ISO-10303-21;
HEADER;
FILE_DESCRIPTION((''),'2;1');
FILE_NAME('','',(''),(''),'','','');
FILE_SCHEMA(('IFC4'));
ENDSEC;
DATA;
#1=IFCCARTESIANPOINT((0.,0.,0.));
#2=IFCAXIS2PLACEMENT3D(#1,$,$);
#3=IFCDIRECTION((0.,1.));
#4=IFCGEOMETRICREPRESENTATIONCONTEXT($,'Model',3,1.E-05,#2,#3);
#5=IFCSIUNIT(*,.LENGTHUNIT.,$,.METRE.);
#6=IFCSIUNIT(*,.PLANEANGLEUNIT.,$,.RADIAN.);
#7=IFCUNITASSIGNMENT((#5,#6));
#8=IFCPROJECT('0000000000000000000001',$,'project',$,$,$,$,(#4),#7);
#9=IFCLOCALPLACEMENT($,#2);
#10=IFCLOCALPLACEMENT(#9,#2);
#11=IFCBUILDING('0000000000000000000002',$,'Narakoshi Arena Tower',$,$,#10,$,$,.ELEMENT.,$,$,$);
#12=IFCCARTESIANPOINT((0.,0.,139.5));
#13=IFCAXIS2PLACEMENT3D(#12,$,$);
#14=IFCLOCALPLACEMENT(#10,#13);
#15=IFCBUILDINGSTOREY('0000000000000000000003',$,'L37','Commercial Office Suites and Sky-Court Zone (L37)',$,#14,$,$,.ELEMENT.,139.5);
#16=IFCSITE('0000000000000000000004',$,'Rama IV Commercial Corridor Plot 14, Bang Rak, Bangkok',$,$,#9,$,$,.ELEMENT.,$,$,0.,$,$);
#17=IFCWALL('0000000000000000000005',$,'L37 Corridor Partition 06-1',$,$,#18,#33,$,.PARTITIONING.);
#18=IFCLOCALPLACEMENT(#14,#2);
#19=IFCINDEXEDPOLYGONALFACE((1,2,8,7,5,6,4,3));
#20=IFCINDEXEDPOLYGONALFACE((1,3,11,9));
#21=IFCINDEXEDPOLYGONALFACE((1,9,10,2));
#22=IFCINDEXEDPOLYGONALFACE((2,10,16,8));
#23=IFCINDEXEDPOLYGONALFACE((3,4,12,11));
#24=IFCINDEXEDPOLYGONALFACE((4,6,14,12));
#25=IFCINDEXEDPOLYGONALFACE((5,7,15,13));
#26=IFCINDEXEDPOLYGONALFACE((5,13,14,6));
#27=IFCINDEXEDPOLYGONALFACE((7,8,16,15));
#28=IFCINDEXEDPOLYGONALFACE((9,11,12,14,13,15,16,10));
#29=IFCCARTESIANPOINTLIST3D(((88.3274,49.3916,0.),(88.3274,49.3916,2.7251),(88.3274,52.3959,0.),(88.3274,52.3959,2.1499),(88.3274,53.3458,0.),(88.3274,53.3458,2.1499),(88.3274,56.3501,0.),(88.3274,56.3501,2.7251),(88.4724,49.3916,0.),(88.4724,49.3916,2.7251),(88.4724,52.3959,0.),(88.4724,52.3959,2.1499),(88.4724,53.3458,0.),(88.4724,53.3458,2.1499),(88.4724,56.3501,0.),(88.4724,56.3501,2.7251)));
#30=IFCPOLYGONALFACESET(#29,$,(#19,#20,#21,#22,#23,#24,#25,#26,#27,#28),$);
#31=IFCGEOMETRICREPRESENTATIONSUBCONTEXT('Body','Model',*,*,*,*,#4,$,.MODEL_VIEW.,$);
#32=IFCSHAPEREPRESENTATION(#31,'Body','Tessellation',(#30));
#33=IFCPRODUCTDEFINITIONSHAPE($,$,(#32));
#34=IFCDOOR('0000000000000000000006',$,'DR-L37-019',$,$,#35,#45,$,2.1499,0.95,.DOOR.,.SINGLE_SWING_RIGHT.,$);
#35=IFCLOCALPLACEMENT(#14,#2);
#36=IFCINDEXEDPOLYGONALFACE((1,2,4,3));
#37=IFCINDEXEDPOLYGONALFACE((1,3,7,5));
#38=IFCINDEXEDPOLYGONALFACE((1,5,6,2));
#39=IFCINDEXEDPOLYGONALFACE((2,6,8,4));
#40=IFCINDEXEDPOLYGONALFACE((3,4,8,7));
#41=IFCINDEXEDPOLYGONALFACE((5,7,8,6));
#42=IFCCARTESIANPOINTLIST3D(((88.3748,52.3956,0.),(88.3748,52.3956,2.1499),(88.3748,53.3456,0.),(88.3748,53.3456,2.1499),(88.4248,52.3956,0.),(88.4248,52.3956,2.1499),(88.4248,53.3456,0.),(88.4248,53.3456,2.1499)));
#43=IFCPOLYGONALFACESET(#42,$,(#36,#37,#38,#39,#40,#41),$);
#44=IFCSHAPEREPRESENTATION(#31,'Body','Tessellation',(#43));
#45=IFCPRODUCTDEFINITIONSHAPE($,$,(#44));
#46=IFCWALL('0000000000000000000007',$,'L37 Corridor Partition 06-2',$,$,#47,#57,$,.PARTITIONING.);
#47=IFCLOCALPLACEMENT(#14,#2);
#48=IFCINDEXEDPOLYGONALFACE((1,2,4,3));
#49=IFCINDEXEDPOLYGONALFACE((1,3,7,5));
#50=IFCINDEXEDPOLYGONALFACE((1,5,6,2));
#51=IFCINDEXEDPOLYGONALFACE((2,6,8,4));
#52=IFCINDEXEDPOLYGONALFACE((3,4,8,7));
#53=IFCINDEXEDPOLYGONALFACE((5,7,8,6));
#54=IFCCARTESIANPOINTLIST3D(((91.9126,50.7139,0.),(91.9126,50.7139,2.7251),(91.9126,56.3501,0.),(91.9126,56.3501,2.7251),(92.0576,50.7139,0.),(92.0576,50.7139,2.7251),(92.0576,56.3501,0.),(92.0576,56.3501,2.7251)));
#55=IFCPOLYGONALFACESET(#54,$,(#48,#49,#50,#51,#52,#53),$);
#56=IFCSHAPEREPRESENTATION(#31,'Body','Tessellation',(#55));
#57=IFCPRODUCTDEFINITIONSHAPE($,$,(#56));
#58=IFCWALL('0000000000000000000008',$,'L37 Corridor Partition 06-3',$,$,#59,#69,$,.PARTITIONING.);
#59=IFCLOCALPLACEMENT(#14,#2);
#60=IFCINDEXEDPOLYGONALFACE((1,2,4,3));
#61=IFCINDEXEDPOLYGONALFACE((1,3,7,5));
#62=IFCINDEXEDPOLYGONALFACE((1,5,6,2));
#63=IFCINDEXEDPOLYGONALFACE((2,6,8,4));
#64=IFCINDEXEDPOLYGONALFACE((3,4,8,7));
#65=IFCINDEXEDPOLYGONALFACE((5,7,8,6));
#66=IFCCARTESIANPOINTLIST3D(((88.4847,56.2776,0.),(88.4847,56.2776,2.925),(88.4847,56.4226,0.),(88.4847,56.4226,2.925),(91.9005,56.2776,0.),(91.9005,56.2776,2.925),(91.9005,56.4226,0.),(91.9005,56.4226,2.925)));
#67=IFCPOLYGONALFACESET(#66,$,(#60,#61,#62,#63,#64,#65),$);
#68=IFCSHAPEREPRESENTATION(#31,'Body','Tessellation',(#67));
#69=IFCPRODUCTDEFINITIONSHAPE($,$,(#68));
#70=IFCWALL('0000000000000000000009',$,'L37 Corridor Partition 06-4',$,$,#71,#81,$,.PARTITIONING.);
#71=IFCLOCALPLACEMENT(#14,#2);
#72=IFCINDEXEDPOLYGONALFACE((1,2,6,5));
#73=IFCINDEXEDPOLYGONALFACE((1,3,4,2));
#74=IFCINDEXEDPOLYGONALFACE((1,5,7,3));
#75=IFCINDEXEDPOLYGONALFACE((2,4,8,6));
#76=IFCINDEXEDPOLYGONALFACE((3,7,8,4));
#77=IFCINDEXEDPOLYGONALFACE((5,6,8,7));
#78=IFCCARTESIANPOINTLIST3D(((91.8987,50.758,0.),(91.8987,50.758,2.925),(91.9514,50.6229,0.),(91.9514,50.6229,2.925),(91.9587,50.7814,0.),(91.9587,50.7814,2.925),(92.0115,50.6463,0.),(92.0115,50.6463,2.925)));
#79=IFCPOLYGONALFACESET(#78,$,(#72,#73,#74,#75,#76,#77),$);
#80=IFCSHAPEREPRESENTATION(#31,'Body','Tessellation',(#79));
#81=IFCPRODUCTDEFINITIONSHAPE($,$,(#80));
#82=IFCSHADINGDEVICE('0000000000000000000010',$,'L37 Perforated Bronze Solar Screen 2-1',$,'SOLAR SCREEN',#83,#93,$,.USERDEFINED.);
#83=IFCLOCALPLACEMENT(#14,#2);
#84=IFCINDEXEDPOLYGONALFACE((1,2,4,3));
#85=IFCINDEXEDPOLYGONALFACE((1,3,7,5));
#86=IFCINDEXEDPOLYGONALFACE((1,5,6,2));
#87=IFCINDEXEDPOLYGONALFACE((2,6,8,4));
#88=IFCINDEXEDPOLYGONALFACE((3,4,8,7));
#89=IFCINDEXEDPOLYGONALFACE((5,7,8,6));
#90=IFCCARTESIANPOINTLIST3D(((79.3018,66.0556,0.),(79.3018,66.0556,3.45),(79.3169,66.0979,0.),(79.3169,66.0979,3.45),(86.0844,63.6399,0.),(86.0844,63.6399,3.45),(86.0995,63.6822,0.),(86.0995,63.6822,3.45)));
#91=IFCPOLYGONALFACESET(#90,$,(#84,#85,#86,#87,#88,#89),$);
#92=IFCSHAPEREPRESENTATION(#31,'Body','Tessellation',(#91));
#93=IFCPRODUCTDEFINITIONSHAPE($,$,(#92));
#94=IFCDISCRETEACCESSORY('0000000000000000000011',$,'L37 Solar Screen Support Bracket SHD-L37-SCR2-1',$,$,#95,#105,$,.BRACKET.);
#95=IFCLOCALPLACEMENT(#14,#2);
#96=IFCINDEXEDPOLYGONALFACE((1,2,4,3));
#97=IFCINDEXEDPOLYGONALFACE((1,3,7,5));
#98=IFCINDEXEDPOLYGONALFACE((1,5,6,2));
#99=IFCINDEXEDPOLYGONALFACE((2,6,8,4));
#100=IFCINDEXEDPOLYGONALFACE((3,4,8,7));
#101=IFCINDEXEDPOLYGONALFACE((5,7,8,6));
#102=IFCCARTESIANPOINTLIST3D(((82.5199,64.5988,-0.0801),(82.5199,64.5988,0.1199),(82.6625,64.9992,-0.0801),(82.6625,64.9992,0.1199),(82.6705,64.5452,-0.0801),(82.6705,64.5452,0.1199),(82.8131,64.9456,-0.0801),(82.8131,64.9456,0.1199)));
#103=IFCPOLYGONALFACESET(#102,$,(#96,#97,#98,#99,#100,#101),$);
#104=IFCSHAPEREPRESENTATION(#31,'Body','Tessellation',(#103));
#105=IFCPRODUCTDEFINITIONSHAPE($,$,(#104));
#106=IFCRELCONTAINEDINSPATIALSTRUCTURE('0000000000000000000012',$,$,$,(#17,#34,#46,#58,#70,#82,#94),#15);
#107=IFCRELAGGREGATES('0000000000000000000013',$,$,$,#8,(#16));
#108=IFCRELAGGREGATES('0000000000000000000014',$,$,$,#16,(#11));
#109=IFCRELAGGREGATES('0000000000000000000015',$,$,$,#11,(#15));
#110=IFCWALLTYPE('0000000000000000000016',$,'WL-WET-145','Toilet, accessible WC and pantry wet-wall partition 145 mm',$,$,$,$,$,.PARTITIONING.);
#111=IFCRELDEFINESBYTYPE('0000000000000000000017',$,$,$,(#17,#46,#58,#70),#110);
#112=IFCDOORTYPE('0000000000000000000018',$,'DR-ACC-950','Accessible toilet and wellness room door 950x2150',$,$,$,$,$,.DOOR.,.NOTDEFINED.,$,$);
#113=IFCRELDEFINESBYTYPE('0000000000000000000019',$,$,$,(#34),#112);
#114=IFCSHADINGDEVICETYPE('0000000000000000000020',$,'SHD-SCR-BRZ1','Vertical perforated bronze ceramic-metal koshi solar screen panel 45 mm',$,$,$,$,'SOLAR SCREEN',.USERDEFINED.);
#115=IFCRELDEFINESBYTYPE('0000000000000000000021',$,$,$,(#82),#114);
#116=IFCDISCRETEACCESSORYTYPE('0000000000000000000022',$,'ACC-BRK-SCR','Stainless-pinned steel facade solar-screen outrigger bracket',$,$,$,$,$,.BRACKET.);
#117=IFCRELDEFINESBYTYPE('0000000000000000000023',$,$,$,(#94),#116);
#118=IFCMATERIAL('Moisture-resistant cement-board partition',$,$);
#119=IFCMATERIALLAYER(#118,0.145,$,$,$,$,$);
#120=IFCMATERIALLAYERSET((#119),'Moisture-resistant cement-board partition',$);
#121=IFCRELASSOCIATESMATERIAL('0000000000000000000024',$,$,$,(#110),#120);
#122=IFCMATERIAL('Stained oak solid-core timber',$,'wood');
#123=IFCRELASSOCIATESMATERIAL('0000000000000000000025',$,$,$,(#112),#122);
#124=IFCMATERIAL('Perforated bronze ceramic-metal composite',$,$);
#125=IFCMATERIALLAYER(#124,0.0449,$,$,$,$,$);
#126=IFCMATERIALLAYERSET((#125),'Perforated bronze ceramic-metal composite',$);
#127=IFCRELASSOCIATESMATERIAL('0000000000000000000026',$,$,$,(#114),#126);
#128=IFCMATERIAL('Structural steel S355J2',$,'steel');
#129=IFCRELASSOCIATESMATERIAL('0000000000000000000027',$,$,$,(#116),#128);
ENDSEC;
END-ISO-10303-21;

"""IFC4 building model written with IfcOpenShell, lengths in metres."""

from ifc_helpers import new_model, si_unit, direction, frame, frame_2d, origin, origin_2d, place, context, subcontext, project, spatial, rectangle, extrude, material, layer, layer_set, type_object, element, fill, save


model = new_model("IFC4")

# Units and contexts
model_context = context("Model", 3, precision=1e-05, world=origin(), true_north=direction((0.0, 1.0)))
body_context = subcontext(model_context, "Body", "Model", "MODEL_VIEW")
ifc_project = project(units=[si_unit("LENGTHUNIT", "METRE"), si_unit("PLANEANGLEUNIT", "RADIAN")], contexts=[model_context])

# Site, building, storey
site_placement = place(None, origin())
site = spatial("IfcSite", under=ifc_project, at=site_placement, Name="Rama IV Commercial Corridor Plot 14, Bang Rak, Bangkok", CompositionType="ELEMENT", RefElevation=0.0)
building_placement = place(site_placement, origin())
building = spatial("IfcBuilding", under=site, at=building_placement, Name="Narakoshi Arena Tower", CompositionType="ELEMENT")
storey_placement = place(building_placement, frame((0.0, 0.0, 139.5)))
storey = spatial("IfcBuildingStorey", under=building, at=storey_placement, Name="L37", Description="Commercial Office Suites and Sky-Court Zone (L37)", CompositionType="ELEMENT", Elevation=139.5)

# Shared definitions
ifc_material_1 = material(Name="Structural steel S355J2", Category="steel")

# Shared definitions
ifc_material_2 = material(Name="Moisture-resistant cement-board partition")
ifc_layer_1 = layer(ifc_material_2, 0.145)
ifc_layer_set_1 = layer_set([ifc_layer_1], Name="Moisture-resistant cement-board partition")
wall_type_1 = type_object("IfcWallType", Name="WL-WET-145", Description="Toilet, accessible WC and pantry wet-wall partition 145 mm", PredefinedType="PARTITIONING", material=ifc_layer_set_1)

# Wall, opening, door
wall_1_placement = place(storey_placement, frame((88.3999, 49.3916, 0.0), z_axis=(0.0, 0.0, 1.0), x_axis=(0.0, 1.0, 0.0)))
wall_1 = element("IfcWall", 1, at=wall_1_placement, inside=storey, type_object=wall_type_1, Name="L37 Corridor Partition 06-1", PredefinedType="PARTITIONING", context=body_context, shape_type="SweptSolid", body=[
    extrude(rectangle(XDim=6.9585, YDim=0.145, at=frame_2d((3.4792, 0.0))), origin(), (0.0, 0.0, 1.0), 2.7251),
])
opening_1_placement = place(wall_1_placement, frame((3.0042, 0.0, 0.0)))
opening_1 = element("IfcOpeningElement", 2, at=opening_1_placement, cuts=wall_1, PredefinedType="OPENING", context=body_context, shape_type="SweptSolid", body=[
    extrude(rectangle(XDim=0.95, YDim=2.1499, at=frame_2d((0.4751, 1.075))), frame((0.0, 0.0825, 0.0), z_axis=(0.0, -1.0, 0.0), x_axis=(1.0, 0.0, 0.0)), (0.0, 0.0, 1.0), 0.165),
])
ifc_material_3 = material(Name="Stained oak solid-core timber", Category="wood")
door_type_1 = type_object("IfcDoorType", Name="DR-ACC-950", Description="Accessible toilet and wellness room door 950x2150", OperationType="NOTDEFINED", PredefinedType="DOOR", material=ifc_material_3)
door_1_placement = place(opening_1_placement, frame((0.95, 0.0, 0.0), z_axis=(0.0, 0.0, 1.0), x_axis=(-1.0, 0.0, 0.0)))
door_1 = element("IfcDoor", 3, at=door_1_placement, inside=storey, type_object=door_type_1, Name="DR-L37-019", OperationType="SINGLE_SWING_RIGHT", OverallHeight=2.1499, OverallWidth=0.95, PredefinedType="DOOR", context=body_context, shape_type="SweptSolid", body=[
    extrude(rectangle(XDim=0.95, YDim=2.1499, at=frame_2d((0.4751, 1.075))), frame((0.0, 0.0249, 0.0), z_axis=(0.0, -1.0, 0.0), x_axis=(1.0, 0.0, 0.0)), (0.0, 0.0, 1.0), 0.05),
])
fill(opening_1, door_1)

# Walls
wall_2_placement = place(storey_placement, frame((91.9851, 56.3501, 0.0), z_axis=(0.0, 0.0, 1.0), x_axis=(0.0, -1.0, 0.0)))
element("IfcWall", 4, at=wall_2_placement, inside=storey, type_object=wall_type_1, Name="L37 Corridor Partition 06-2", PredefinedType="PARTITIONING", context=body_context, shape_type="SweptSolid", body=[
    extrude(rectangle(XDim=5.6362, YDim=0.145, at=frame_2d((2.8181, 0.0))), origin(), (0.0, 0.0, 1.0), 2.7251),
])
wall_3_placement = place(storey_placement, frame((88.4846, 56.3501, 0.0), z_axis=(0.0, 0.0, 1.0), x_axis=(1.0, 0.0, 0.0)))
element("IfcWall", 5, at=wall_3_placement, inside=storey, type_object=wall_type_1, Name="L37 Corridor Partition 06-3", PredefinedType="PARTITIONING", context=body_context, shape_type="SweptSolid", body=[
    extrude(rectangle(XDim=3.4158, YDim=0.145, at=frame_2d((1.708, 0.0))), origin(), (0.0, 0.0, 1.0), 2.925),
])
wall_4_placement = place(storey_placement, frame((91.9851, 50.7139, 0.0), z_axis=(0.0, 0.0, 1.0), x_axis=(-0.931578, -0.363542, 0.0)))
element("IfcWall", 6, at=wall_4_placement, inside=storey, type_object=wall_type_1, Name="L37 Corridor Partition 06-4", PredefinedType="PARTITIONING", context=body_context, shape_type="SweptSolid", body=[
    extrude(rectangle(XDim=0.0645, YDim=0.145, at=frame_2d((0.0322, 0.0))), origin(), (0.0, 0.0, 1.0), 2.925),
])

# Shading device
ifc_material_4 = material(Name="Perforated bronze ceramic-metal composite")
ifc_layer_2 = layer(ifc_material_4, 0.0449)
ifc_layer_set_2 = layer_set([ifc_layer_2], Name="Perforated bronze ceramic-metal composite")
shading_device_type = type_object("IfcShadingDeviceType", Name="SHD-SCR-BRZ1", Description="Vertical perforated bronze ceramic-metal koshi solar screen panel 45 mm", ElementType="SOLAR SCREEN", PredefinedType="USERDEFINED", material=ifc_layer_set_2)
shading_device_placement = place(storey_placement, frame((82.7007, 64.8689, 0.0), z_axis=(0.0, 0.0, 1.0), x_axis=(-0.942034, 0.335517, 0.0)))
element("IfcShadingDevice", 7, at=shading_device_placement, inside=storey, type_object=shading_device_type, Name="L37 Perforated Bronze Solar Screen 2-1", ObjectType="SOLAR SCREEN", PredefinedType="USERDEFINED", context=body_context, shape_type="SweptSolid", body=[
    extrude(rectangle(XDim=7.2, YDim=0.0449, at=origin_2d()), origin(), (0.0, 0.0, 1.0), 3.45),
])

# Discrete accessory
discrete_accessory_type = type_object("IfcDiscreteAccessoryType", Name="ACC-BRK-SCR", Description="Stainless-pinned steel facade solar-screen outrigger bracket", PredefinedType="BRACKET", material=ifc_material_1)
discrete_accessory_placement = place(storey_placement, frame((82.6665, 64.7722, -0.0801), z_axis=(0.0, 0.0, 1.0), x_axis=(-0.942034, 0.335517, 0.0)))
element("IfcDiscreteAccessory", 8, at=discrete_accessory_placement, inside=storey, type_object=discrete_accessory_type, Name="L37 Solar Screen Support Bracket SHD-L37-SCR2-1", PredefinedType="BRACKET", context=body_context, shape_type="SweptSolid", body=[
    extrude(rectangle(XDim=0.1599, YDim=0.425, at=origin_2d()), origin(), (0.0, 0.0, 1.0), 0.2),
])

save(model, "model.ifc")
